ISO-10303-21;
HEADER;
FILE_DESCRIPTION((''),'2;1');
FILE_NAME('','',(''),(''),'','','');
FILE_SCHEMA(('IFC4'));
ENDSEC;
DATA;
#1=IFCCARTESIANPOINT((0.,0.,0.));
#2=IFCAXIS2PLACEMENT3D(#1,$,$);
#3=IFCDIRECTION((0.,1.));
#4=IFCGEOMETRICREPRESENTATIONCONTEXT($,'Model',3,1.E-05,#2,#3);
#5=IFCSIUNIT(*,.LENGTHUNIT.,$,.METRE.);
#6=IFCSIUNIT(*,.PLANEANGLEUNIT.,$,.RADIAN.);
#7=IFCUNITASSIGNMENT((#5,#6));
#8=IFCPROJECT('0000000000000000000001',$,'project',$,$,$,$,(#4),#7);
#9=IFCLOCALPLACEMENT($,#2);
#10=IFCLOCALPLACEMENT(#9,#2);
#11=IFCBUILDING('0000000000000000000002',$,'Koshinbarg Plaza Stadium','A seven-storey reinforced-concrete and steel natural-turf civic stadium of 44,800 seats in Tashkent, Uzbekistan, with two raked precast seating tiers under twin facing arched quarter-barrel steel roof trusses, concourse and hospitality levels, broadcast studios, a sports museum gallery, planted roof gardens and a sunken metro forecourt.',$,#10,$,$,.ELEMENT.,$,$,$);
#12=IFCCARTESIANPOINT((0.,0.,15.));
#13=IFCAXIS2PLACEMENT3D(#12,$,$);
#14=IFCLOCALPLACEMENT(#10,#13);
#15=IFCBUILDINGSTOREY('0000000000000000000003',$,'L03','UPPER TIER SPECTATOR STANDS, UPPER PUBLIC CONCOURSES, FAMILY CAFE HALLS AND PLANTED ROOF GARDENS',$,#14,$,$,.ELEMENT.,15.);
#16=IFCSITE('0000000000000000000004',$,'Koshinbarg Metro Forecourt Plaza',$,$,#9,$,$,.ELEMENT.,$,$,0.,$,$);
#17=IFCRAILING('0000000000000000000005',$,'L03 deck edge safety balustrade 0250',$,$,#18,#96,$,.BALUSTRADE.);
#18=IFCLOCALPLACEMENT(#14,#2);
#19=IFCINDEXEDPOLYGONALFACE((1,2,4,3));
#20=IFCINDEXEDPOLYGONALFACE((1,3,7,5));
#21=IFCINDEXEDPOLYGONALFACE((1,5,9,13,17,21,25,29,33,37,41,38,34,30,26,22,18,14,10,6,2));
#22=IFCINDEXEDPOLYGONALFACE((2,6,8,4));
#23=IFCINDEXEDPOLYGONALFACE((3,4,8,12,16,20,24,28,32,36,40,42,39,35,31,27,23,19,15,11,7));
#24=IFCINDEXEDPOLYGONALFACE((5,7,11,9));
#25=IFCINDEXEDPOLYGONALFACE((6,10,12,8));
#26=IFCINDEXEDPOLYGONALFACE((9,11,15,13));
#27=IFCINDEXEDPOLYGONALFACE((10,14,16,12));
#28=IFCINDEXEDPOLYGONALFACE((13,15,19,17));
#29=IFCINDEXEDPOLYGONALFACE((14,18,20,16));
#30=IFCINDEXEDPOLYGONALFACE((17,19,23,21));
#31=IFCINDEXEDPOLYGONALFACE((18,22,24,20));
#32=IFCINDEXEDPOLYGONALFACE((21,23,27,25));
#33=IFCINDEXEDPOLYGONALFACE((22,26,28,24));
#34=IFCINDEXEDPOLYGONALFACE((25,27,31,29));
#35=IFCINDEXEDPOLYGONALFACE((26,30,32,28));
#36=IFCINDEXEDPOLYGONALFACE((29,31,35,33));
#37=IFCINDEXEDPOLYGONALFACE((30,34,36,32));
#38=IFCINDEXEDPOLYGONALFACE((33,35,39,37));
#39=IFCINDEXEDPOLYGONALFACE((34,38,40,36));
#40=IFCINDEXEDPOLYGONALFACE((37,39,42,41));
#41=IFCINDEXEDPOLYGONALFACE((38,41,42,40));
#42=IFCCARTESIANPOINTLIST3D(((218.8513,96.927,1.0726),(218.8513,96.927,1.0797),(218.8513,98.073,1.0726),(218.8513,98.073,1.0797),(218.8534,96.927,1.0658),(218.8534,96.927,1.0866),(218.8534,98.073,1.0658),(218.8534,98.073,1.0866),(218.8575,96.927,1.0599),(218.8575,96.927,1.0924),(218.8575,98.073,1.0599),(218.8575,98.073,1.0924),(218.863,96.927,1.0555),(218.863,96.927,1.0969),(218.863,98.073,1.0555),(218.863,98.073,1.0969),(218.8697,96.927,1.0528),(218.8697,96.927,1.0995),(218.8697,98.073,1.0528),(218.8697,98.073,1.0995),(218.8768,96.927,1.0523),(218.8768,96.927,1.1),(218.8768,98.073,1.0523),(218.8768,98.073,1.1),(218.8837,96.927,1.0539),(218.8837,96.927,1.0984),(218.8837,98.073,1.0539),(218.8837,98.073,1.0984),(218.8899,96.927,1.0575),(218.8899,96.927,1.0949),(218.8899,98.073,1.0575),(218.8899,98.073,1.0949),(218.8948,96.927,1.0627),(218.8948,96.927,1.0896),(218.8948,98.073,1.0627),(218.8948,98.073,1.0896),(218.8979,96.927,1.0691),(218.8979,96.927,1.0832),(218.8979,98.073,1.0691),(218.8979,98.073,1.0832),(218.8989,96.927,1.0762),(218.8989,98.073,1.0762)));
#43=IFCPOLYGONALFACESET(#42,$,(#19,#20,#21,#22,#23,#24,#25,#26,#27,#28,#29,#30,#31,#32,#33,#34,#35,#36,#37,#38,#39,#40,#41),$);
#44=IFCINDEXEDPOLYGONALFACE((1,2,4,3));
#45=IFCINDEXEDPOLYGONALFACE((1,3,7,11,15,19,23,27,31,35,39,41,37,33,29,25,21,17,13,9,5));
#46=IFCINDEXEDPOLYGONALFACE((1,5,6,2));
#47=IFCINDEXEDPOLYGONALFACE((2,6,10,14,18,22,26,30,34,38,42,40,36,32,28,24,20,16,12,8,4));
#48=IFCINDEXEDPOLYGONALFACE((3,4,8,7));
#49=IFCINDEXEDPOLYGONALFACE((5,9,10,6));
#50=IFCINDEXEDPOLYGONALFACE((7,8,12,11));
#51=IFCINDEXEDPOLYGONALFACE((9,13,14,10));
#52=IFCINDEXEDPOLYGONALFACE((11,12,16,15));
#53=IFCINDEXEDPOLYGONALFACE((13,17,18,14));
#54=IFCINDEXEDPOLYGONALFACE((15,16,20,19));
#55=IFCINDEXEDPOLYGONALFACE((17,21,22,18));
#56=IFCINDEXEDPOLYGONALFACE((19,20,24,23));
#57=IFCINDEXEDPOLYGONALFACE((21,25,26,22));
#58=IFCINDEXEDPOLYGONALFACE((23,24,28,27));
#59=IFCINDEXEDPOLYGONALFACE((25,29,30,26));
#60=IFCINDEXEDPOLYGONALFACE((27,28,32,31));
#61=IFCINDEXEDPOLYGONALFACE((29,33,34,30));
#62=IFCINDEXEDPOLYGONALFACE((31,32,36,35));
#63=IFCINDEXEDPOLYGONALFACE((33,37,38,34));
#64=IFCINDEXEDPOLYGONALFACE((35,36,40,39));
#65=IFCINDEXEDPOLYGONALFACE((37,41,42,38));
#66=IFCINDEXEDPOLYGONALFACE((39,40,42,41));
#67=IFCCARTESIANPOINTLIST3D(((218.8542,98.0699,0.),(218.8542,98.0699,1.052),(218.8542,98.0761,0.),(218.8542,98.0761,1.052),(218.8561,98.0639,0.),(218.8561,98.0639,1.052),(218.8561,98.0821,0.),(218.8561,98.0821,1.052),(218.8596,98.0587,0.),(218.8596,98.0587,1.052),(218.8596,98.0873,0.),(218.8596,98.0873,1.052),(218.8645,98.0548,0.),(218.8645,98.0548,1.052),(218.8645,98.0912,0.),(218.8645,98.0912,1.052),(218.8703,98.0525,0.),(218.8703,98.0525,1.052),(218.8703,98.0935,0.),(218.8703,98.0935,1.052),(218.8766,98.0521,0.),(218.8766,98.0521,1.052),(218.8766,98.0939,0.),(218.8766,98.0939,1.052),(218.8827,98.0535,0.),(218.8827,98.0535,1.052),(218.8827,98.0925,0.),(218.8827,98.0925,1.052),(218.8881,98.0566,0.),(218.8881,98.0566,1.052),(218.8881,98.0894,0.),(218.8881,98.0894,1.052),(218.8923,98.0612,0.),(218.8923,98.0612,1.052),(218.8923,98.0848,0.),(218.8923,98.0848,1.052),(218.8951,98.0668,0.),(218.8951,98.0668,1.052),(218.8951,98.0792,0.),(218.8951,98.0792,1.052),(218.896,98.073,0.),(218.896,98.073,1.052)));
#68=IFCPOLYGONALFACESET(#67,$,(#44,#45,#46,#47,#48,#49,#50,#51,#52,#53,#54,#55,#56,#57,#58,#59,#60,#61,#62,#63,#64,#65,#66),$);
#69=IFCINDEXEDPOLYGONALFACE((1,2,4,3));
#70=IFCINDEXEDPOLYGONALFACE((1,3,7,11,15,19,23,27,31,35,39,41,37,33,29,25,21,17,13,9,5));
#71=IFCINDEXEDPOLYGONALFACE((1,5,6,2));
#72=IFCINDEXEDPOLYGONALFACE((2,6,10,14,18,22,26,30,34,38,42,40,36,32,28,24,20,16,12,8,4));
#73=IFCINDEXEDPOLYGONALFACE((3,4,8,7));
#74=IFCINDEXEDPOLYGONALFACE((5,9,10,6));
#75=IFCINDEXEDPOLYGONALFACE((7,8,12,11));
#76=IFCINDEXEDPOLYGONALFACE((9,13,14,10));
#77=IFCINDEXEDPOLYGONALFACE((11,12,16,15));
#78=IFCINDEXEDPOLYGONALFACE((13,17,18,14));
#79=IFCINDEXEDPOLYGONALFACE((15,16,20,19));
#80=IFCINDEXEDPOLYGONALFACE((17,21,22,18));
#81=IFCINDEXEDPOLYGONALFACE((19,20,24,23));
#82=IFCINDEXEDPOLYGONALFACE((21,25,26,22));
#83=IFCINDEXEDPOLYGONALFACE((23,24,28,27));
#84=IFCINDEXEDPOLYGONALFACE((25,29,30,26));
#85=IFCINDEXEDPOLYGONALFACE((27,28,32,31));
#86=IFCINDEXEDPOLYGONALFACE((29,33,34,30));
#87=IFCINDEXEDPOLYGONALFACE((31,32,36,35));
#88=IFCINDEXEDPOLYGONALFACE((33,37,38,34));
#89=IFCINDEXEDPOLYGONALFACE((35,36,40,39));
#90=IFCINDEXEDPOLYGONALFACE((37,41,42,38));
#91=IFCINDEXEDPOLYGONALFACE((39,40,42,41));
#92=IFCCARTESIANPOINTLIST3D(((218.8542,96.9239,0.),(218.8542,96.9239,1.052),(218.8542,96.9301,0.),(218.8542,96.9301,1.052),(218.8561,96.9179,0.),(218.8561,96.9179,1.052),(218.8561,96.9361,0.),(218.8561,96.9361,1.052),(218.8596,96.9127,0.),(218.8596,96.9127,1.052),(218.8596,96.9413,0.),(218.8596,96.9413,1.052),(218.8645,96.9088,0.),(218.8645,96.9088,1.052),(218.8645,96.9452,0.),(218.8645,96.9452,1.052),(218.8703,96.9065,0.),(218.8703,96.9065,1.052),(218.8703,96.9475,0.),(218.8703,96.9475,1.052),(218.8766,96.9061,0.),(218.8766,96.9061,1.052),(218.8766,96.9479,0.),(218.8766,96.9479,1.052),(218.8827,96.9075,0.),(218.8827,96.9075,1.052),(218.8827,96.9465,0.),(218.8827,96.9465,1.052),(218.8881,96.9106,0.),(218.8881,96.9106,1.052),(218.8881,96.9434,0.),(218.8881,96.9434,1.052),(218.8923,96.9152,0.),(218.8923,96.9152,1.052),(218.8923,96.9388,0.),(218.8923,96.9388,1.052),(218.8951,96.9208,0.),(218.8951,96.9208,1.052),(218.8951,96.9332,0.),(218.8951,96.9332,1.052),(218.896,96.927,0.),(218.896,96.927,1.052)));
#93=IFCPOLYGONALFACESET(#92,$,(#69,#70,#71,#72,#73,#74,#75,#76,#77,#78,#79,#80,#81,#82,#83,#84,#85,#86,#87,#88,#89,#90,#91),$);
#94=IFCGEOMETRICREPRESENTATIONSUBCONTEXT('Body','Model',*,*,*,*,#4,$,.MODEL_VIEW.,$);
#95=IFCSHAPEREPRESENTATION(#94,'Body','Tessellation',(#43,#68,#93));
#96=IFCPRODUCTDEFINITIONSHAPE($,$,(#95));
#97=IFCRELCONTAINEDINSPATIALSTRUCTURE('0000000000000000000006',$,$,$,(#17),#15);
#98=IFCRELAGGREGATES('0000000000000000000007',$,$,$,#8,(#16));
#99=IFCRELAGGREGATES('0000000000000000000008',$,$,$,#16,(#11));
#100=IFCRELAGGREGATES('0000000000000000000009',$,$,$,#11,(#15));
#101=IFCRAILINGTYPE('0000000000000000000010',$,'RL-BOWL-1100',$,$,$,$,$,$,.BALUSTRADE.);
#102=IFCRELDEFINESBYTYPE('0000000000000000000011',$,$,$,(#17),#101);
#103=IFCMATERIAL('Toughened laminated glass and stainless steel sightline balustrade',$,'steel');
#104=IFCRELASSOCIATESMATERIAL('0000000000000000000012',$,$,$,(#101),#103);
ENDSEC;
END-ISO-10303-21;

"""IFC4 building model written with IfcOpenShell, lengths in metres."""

from ifc_helpers import new_model, si_unit, direction, frame, origin, origin_2d, place, context, subcontext, project, spatial, circle, extrude, material, type_object, element, save


model = new_model("IFC4")

# Units and contexts
model_context = context("Model", 3, precision=1e-05, world=origin(), true_north=direction((0.0, 1.0)))
body_context = subcontext(model_context, "Body", "Model", "MODEL_VIEW")
ifc_project = project(units=[si_unit("LENGTHUNIT", "METRE"), si_unit("PLANEANGLEUNIT", "RADIAN")], contexts=[model_context])

# Site, building, storey
site_placement = place(None, origin())
site = spatial("IfcSite", under=ifc_project, at=site_placement, Name="Koshinbarg Metro Forecourt Plaza", CompositionType="ELEMENT", RefElevation=0.0)
building_placement = place(site_placement, origin())
building = spatial("IfcBuilding", under=site, at=building_placement, Name="Koshinbarg Plaza Stadium", Description="A seven-storey reinforced-concrete and steel natural-turf civic stadium of 44,800 seats in Tashkent, Uzbekistan, with two raked precast seating tiers under twin facing arched quarter-barrel steel roof trusses, concourse and hospitality levels, broadcast studios, a sports museum gallery, planted roof gardens and a sunken metro forecourt.", CompositionType="ELEMENT")
storey_placement = place(building_placement, frame((0.0, 0.0, 15.0)))
storey = spatial("IfcBuildingStorey", under=building, at=storey_placement, Name="L03", Description="UPPER TIER SPECTATOR STANDS, UPPER PUBLIC CONCOURSES, FAMILY CAFE HALLS AND PLANTED ROOF GARDENS", CompositionType="ELEMENT", Elevation=15.0)

# Railing
ifc_material_1 = material(Name="Toughened laminated glass and stainless steel sightline balustrade", Category="steel")
railing_type_1 = type_object("IfcRailingType", Name="RL-BOWL-1100", PredefinedType="BALUSTRADE", material=ifc_material_1)
railing_1_placement = place(storey_placement, frame((218.875, 98.073, 0.0)))
element("IfcRailing", 1, at=railing_1_placement, inside=storey, type_object=railing_type_1, Name="L03 deck edge safety balustrade 0250", PredefinedType="BALUSTRADE", context=body_context, shape_type="SweptSolid", body=[
    extrude(circle(Radius=0.0239, at=origin_2d()), frame((0.0, 0.0, 1.0762), z_axis=(0.0, -1.0, 0.0), x_axis=(1.0, 0.0, 0.0)), (0.0, 0.0, 1.0), 1.146),
    extrude(circle(Radius=0.021, at=origin_2d()), origin(), (0.0, 0.0, 1.0), 1.052),
    extrude(circle(Radius=0.021, at=origin_2d()), frame((0.0, -1.146, 0.0)), (0.0, 0.0, 1.0), 1.052),
])

save(model, "model.ifc")
